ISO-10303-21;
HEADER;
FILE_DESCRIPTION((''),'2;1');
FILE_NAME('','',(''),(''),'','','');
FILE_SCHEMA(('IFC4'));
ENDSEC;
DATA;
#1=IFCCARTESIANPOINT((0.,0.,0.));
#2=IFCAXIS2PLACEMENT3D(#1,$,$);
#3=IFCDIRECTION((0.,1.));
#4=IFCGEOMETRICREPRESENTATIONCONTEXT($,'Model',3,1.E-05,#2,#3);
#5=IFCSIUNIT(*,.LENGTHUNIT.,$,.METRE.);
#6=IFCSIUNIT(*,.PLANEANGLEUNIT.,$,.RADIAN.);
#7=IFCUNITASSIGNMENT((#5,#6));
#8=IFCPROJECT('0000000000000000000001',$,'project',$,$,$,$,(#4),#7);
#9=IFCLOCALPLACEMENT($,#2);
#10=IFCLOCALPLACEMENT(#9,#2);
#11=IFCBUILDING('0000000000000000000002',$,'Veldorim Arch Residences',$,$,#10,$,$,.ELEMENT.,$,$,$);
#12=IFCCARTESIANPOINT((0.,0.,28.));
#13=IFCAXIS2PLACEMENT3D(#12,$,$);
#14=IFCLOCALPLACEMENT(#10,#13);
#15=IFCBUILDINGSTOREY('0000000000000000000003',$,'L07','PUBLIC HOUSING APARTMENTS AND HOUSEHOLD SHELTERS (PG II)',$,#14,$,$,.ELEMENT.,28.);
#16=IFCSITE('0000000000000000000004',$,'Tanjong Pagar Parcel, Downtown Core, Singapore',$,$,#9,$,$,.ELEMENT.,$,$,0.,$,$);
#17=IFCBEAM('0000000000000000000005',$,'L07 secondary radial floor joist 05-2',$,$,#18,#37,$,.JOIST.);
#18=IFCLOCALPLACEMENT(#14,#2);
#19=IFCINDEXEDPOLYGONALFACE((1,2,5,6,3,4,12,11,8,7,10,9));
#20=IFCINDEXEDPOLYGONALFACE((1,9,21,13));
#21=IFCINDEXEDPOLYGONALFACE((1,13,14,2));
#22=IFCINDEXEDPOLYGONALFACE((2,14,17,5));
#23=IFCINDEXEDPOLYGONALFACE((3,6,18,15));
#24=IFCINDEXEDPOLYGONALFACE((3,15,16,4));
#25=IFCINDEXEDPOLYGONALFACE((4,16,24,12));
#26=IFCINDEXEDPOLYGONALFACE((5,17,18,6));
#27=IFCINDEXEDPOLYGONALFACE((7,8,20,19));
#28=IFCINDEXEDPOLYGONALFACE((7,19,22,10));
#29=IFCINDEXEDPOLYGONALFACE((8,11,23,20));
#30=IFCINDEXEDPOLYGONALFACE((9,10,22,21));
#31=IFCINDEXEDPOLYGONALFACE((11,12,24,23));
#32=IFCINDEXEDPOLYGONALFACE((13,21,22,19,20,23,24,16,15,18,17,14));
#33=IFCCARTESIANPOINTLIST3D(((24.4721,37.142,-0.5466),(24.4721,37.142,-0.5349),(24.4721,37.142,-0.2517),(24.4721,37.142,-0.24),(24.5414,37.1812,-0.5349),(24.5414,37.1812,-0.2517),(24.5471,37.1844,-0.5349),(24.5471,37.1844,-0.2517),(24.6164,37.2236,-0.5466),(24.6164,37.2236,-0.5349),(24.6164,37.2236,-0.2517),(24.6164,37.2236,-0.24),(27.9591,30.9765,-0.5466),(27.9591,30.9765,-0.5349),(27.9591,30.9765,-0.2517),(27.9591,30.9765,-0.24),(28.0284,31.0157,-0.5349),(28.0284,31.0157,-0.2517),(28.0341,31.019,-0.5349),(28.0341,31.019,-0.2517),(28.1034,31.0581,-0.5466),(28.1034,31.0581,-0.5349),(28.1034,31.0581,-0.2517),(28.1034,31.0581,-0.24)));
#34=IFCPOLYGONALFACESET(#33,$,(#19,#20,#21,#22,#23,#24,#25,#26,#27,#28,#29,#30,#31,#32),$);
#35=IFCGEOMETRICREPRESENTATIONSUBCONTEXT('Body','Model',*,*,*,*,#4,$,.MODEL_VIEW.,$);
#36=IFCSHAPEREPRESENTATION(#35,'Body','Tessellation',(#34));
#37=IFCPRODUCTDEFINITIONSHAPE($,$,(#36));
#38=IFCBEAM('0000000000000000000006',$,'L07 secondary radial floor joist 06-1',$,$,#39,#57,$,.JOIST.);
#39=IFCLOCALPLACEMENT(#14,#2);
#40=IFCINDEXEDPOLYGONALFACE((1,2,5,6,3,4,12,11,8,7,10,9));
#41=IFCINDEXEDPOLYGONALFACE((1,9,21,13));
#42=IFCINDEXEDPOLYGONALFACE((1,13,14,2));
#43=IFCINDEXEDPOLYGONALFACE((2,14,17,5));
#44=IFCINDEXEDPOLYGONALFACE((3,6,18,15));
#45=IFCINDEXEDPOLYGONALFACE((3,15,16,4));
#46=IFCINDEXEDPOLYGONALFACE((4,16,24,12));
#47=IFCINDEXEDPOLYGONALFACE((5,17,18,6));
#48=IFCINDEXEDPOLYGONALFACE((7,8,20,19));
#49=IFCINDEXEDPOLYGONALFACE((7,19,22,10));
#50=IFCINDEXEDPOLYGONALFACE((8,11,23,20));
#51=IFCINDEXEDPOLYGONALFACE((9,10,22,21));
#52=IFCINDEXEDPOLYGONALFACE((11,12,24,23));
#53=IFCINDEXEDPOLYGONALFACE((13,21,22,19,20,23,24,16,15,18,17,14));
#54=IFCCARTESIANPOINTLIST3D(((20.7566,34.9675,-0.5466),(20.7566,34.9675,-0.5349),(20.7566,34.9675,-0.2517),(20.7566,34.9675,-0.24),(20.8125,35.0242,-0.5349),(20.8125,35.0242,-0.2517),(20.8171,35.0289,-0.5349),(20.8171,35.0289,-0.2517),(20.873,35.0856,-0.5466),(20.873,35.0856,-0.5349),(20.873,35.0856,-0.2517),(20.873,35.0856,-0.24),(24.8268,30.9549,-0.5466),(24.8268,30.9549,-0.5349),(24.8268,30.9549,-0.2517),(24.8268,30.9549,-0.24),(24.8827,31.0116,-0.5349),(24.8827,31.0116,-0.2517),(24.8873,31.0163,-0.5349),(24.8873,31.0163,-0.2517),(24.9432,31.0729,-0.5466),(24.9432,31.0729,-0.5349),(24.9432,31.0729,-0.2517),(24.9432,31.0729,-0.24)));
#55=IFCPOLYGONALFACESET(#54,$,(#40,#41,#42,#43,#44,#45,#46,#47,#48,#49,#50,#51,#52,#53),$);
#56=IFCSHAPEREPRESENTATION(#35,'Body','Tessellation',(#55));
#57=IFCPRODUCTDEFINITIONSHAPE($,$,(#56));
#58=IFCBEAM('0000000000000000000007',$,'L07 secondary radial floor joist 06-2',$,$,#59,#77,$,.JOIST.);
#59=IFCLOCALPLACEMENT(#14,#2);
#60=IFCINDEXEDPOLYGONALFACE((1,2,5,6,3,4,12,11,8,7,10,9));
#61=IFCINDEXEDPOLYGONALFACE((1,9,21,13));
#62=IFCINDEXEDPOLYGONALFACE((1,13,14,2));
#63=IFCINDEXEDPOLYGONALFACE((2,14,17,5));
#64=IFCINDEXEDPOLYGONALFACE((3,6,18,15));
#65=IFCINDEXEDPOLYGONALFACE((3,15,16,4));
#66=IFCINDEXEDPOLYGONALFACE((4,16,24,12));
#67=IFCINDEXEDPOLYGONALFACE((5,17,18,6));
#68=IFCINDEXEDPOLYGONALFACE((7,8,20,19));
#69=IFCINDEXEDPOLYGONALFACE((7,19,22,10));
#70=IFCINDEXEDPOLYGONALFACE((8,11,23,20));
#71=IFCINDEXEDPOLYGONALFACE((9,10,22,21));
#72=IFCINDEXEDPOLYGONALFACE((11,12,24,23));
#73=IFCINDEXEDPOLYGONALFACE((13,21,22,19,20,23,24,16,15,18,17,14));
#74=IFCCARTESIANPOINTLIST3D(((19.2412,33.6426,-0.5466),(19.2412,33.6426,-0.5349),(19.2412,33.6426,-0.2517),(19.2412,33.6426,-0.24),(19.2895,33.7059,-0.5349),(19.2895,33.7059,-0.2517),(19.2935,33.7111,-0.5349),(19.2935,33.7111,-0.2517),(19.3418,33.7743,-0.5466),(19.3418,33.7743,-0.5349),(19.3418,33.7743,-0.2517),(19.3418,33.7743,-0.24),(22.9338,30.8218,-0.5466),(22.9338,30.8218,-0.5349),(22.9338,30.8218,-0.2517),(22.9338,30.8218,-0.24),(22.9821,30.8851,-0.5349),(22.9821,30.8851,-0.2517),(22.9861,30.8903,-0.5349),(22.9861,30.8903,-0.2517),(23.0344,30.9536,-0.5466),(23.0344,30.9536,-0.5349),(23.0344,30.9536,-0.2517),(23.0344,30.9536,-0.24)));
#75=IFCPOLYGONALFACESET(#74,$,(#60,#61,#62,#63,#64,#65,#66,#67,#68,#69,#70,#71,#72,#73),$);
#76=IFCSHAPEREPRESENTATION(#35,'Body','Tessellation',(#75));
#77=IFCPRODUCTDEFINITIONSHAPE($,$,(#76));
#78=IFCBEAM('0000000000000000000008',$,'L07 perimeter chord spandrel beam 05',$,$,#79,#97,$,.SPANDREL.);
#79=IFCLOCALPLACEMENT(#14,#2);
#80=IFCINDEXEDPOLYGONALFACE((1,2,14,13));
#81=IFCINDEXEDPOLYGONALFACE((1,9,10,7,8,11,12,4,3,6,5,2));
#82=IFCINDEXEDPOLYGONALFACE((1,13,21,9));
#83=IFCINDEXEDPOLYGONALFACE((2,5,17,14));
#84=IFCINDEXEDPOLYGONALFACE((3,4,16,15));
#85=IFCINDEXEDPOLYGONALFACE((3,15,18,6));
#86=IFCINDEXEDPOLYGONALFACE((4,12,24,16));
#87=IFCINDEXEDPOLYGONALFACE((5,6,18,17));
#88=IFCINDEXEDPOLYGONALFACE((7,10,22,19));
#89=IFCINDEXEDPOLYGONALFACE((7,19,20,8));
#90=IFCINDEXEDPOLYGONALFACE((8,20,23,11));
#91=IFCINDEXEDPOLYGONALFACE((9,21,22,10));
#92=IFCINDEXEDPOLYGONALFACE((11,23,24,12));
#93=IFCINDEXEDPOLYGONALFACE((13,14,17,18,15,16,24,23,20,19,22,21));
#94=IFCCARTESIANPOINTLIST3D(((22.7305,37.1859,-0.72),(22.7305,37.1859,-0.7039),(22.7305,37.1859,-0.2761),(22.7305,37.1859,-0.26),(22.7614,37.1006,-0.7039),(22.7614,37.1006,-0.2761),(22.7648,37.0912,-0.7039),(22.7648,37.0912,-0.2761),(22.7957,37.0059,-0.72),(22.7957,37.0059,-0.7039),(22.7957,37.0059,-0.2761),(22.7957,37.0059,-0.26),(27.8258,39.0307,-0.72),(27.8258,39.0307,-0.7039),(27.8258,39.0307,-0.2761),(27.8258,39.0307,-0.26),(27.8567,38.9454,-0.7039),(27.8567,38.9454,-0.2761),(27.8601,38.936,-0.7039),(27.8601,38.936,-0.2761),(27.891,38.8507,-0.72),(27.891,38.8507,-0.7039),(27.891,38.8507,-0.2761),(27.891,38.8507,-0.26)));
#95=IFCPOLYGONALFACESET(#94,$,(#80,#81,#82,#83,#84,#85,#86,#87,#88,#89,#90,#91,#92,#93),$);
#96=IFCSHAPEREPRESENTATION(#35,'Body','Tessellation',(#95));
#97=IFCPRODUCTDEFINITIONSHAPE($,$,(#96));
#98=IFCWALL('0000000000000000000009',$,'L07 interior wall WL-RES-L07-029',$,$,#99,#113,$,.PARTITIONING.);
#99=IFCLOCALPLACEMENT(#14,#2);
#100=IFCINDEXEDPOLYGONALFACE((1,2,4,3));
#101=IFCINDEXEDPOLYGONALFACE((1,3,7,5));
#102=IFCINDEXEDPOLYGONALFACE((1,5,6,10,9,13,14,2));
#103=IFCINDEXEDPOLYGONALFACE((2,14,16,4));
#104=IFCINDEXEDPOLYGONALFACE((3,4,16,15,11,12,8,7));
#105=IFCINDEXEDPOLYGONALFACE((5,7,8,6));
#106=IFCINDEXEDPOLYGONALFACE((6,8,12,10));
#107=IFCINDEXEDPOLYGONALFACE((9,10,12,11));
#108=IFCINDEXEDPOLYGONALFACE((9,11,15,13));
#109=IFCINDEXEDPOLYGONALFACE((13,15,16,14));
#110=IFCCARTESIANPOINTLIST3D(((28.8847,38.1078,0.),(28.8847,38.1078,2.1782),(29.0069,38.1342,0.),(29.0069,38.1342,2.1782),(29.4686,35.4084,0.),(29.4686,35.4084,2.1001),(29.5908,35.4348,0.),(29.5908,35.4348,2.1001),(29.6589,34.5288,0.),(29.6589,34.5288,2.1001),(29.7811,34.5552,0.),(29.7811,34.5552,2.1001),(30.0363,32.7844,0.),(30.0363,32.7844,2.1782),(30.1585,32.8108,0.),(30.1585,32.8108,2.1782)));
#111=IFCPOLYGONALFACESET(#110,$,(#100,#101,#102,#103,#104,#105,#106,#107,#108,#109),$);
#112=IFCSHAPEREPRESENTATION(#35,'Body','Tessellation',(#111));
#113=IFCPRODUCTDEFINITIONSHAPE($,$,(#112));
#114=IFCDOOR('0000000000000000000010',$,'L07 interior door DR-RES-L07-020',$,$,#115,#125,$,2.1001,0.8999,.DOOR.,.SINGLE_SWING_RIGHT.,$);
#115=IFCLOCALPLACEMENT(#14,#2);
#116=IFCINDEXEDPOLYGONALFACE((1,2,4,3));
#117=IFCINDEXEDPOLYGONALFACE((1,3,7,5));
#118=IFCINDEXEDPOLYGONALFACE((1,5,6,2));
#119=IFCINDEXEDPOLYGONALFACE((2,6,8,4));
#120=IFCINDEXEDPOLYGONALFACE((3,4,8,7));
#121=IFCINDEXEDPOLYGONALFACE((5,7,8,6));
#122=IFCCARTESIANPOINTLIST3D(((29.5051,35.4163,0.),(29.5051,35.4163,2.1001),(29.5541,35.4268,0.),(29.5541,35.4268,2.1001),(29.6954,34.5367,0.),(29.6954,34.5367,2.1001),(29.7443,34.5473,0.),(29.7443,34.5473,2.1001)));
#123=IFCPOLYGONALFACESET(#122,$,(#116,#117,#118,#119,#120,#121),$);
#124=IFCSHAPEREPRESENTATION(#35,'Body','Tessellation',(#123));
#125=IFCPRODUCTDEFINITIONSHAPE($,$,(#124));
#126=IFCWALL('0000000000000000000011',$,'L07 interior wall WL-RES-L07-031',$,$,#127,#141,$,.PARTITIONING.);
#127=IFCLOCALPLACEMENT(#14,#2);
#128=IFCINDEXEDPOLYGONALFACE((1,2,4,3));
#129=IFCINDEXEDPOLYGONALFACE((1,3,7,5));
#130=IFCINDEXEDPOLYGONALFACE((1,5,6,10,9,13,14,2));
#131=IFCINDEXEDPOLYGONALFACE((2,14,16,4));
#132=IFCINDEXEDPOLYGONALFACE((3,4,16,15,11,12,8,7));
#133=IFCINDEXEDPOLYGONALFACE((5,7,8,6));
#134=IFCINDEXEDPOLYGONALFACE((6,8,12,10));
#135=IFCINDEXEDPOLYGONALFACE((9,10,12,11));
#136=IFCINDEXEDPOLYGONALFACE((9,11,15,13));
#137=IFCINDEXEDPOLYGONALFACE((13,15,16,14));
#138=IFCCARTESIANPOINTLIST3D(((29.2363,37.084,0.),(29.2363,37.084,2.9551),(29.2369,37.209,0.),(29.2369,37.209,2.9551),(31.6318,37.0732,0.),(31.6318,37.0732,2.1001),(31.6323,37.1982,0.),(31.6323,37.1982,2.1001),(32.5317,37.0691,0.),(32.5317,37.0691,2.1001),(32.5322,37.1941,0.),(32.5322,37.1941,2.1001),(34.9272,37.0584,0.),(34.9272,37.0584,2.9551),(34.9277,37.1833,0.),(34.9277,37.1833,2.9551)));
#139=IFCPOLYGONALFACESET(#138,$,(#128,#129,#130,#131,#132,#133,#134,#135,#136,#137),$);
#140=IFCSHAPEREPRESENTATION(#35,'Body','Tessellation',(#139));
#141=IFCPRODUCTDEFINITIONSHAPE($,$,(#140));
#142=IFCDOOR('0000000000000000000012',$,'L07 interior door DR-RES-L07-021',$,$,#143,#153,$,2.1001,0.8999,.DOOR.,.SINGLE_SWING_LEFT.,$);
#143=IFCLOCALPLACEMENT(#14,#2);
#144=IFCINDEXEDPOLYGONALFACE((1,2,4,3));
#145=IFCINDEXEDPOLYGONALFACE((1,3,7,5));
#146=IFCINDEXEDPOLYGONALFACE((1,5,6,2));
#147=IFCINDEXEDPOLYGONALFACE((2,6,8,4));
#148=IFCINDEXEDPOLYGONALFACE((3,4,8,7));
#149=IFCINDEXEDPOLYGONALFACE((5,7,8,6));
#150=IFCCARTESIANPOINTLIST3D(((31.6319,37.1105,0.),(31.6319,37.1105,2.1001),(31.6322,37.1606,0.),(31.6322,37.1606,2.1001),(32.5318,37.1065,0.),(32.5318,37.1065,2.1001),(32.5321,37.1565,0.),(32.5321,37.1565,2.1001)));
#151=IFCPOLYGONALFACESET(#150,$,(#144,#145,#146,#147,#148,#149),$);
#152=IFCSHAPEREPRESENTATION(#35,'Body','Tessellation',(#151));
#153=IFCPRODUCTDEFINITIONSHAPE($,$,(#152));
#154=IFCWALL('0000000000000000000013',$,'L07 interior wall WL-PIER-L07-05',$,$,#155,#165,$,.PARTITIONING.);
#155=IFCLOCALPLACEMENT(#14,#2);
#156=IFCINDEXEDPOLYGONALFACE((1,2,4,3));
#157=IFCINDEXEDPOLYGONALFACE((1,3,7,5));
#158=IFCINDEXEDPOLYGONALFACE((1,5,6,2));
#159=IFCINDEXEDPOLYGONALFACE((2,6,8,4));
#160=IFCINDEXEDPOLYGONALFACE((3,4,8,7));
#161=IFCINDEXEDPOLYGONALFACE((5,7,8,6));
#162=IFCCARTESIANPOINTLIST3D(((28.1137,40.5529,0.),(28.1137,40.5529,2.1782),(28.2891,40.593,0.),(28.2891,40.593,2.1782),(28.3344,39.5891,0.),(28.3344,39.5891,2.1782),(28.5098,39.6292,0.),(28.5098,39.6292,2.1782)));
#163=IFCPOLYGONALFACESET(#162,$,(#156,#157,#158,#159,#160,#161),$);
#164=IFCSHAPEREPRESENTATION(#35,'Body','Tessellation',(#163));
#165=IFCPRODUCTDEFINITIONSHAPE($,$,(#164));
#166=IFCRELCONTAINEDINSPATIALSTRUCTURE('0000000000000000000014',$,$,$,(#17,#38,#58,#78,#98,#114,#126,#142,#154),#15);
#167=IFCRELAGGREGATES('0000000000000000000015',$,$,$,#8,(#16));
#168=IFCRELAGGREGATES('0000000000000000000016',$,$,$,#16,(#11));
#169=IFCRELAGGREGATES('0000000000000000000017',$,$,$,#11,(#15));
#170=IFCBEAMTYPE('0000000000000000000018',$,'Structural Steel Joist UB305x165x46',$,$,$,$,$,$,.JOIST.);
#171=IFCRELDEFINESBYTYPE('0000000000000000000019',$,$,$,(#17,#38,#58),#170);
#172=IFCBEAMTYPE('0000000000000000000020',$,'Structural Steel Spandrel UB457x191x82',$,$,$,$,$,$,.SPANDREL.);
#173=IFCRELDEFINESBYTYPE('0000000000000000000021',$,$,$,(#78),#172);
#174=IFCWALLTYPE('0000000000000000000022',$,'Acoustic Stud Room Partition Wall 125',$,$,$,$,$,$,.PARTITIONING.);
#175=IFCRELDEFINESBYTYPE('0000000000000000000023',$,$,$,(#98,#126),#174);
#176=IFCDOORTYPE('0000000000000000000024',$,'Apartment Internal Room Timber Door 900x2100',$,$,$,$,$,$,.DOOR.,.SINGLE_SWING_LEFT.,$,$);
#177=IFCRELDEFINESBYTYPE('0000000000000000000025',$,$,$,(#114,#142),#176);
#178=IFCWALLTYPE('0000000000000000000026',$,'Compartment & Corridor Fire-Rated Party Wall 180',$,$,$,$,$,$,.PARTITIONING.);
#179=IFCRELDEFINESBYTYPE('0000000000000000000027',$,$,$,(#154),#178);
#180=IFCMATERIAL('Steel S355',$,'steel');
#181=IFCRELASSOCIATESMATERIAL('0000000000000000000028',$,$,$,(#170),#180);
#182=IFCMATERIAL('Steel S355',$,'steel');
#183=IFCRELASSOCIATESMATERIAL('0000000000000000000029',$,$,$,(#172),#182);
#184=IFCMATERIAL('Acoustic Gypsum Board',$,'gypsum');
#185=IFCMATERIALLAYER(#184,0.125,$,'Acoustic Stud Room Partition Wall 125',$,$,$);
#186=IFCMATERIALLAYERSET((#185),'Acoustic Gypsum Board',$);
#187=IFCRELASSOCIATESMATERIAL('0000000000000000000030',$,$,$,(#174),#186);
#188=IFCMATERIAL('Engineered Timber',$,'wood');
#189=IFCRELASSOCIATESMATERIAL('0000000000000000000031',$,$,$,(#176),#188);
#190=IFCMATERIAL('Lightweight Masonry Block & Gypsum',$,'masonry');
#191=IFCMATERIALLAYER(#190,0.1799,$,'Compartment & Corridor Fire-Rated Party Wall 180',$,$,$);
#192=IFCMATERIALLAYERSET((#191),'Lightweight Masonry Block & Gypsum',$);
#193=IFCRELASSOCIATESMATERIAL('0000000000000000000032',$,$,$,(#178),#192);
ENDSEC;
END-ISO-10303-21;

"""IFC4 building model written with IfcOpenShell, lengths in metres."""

from ifc_helpers import new_model, si_unit, direction, frame, frame_2d, origin, origin_2d, place, context, subcontext, project, spatial, rectangle, i_section, extrude, material, layer, layer_set, material_profile, profile_set, type_object, element, fill, save


model = new_model("IFC4")

# Units and contexts
model_context = context("Model", 3, precision=1e-05, world=origin(), true_north=direction((0.0, 1.0)))
body_context = subcontext(model_context, "Body", "Model", "MODEL_VIEW")
ifc_project = project(units=[si_unit("LENGTHUNIT", "METRE"), si_unit("PLANEANGLEUNIT", "RADIAN")], contexts=[model_context])

# Site, building, storey
site_placement = place(None, origin())
site = spatial("IfcSite", under=ifc_project, at=site_placement, Name="Tanjong Pagar Parcel, Downtown Core, Singapore", CompositionType="ELEMENT", RefElevation=0.0)
building_placement = place(site_placement, origin())
building = spatial("IfcBuilding", under=site, at=building_placement, Name="Veldorim Arch Residences", CompositionType="ELEMENT")
storey_placement = place(building_placement, frame((0.0, 0.0, 28.0)))
storey = spatial("IfcBuildingStorey", under=building, at=storey_placement, Name="L07", Description="PUBLIC HOUSING APARTMENTS AND HOUSEHOLD SHELTERS (PG II)", CompositionType="ELEMENT", Elevation=28.0)

# Beams
ifc_material_1 = material(Name="Steel S355", Category="steel")
ifc_material_profile_1 = material_profile(ifc_material_1, i_section(OverallWidth=0.1658, OverallDepth=0.3066, WebThickness=0.0066, FlangeThickness=0.0117, at=origin_2d()), Name="UB305x165x46")
ifc_profile_set_1 = profile_set([ifc_material_profile_1], Name="Steel S355")
beam_type_1 = type_object("IfcBeamType", Name="Structural Steel Joist UB305x165x46", PredefinedType="JOIST", material=ifc_profile_set_1)
beam_1_placement = place(storey_placement, frame((28.0312, 31.0173, -0.3933), z_axis=(-0.492292, 0.87043, 0.0), x_axis=(-0.87043, -0.492292, 0.0)))
element("IfcBeam", 1, at=beam_1_placement, inside=storey, type_object=beam_type_1, Name="L07 secondary radial floor joist 05-2", PredefinedType="JOIST", context=body_context, shape_type="SweptSolid", body=[
    extrude(i_section(OverallWidth=0.1658, OverallDepth=0.3066, WebThickness=0.0066, FlangeThickness=0.0117, at=origin_2d()), origin(), (0.0, 0.0, 1.0), 7.0833),
])
beam_2_placement = place(storey_placement, frame((24.885, 31.0139, -0.3933), z_axis=(-0.712129, 0.702049, 0.0), x_axis=(-0.702049, -0.712129, 0.0)))
element("IfcBeam", 2, at=beam_2_placement, inside=storey, type_object=beam_type_1, Name="L07 secondary radial floor joist 06-1", PredefinedType="JOIST", context=body_context, shape_type="SweptSolid", body=[
    extrude(i_section(OverallWidth=0.1658, OverallDepth=0.3066, WebThickness=0.0066, FlangeThickness=0.0117, at=origin_2d()), origin(), (0.0, 0.0, 1.0), 5.7156),
])
beam_3_placement = place(storey_placement, frame((22.9841, 30.8877, -0.3933), z_axis=(-0.794666, 0.607046, 0.0), x_axis=(-0.607046, -0.794666, 0.0)))
element("IfcBeam", 3, at=beam_3_placement, inside=storey, type_object=beam_type_1, Name="L07 secondary radial floor joist 06-2", PredefinedType="JOIST", context=body_context, shape_type="SweptSolid", body=[
    extrude(i_section(OverallWidth=0.1658, OverallDepth=0.3066, WebThickness=0.0066, FlangeThickness=0.0117, at=origin_2d()), origin(), (0.0, 0.0, 1.0), 4.6467),
])
ifc_material_2 = material(Name="Steel S355", Category="steel")
ifc_material_profile_2 = material_profile(ifc_material_2, i_section(OverallWidth=0.1914, OverallDepth=0.46, WebThickness=0.01, FlangeThickness=0.0161, at=origin_2d()), Name="UB457x191x82")
ifc_profile_set_2 = profile_set([ifc_material_profile_2], Name="Steel S355")
beam_type_2 = type_object("IfcBeamType", Name="Structural Steel Spandrel UB457x191x82", PredefinedType="SPANDREL", material=ifc_profile_set_2)
beam_4_placement = place(storey_placement, frame((27.8584, 38.9407, -0.49), z_axis=(-0.940271, -0.340426, 0.0), x_axis=(0.340426, -0.940271, 0.0)))
element("IfcBeam", 4, at=beam_4_placement, inside=storey, type_object=beam_type_2, Name="L07 perimeter chord spandrel beam 05", PredefinedType="SPANDREL", context=body_context, shape_type="SweptSolid", body=[
    extrude(i_section(OverallWidth=0.1914, OverallDepth=0.46, WebThickness=0.01, FlangeThickness=0.0161, at=origin_2d()), origin(), (0.0, 0.0, 1.0), 5.4189),
])

# Walls, openings, doors
ifc_material_3 = material(Name="Acoustic Gypsum Board", Category="gypsum")
ifc_layer_1 = layer(ifc_material_3, 0.125, Name="Acoustic Stud Room Partition Wall 125")
ifc_layer_set_1 = layer_set([ifc_layer_1], Name="Acoustic Gypsum Board")
wall_type_1 = type_object("IfcWallType", Name="Acoustic Stud Room Partition Wall 125", PredefinedType="PARTITIONING", material=ifc_layer_set_1)
wall_1_placement = place(storey_placement, frame((28.9458, 38.1208, 0.0), z_axis=(0.0, 0.0, 1.0), x_axis=(0.211436, -0.977392, 0.0)))
wall_1 = element("IfcWall", 5, at=wall_1_placement, inside=storey, type_object=wall_type_1, Name="L07 interior wall WL-RES-L07-029", PredefinedType="PARTITIONING", context=body_context, shape_type="SweptSolid", body=[
    extrude(rectangle(XDim=5.4465, YDim=0.125, at=frame_2d((2.7231, 0.0))), origin(), (0.0, 0.0, 1.0), 2.1782),
])
opening_1_placement = place(wall_1_placement, frame((2.7617, 0.0, 0.0)))
opening_1 = element("IfcOpeningElement", 6, at=opening_1_placement, cuts=wall_1, PredefinedType="OPENING", context=body_context, shape_type="SweptSolid", body=[
    extrude(rectangle(XDim=0.8999, YDim=2.1001, at=frame_2d((0.45, 1.05))), frame((0.0, 0.0725, 0.0), z_axis=(0.0, -1.0, 0.0), x_axis=(1.0, 0.0, 0.0)), (0.0, 0.0, 1.0), 0.145),
])
ifc_material_4 = material(Name="Engineered Timber", Category="wood")
door_type_1 = type_object("IfcDoorType", Name="Apartment Internal Room Timber Door 900x2100", OperationType="SINGLE_SWING_LEFT", PredefinedType="DOOR", material=ifc_material_4)
door_1_placement = place(opening_1_placement, origin())
door_1 = element("IfcDoor", 7, at=door_1_placement, inside=storey, type_object=door_type_1, Name="L07 interior door DR-RES-L07-020", OperationType="SINGLE_SWING_RIGHT", OverallHeight=2.1001, OverallWidth=0.8999, PredefinedType="DOOR", context=body_context, shape_type="SweptSolid", body=[
    extrude(rectangle(XDim=0.8999, YDim=2.1001, at=frame_2d((0.45, 1.05))), frame((0.0, 0.0249, 0.0), z_axis=(0.0, -1.0, 0.0), x_axis=(1.0, 0.0, 0.0)), (0.0, 0.0, 1.0), 0.05),
])
fill(opening_1, door_1)
wall_2_placement = place(storey_placement, frame((29.2366, 37.1465, 0.0), z_axis=(0.0, 0.0, 1.0), x_axis=(0.99999, -0.004504, 0.0)))
wall_2 = element("IfcWall", 8, at=wall_2_placement, inside=storey, type_object=wall_type_1, Name="L07 interior wall WL-RES-L07-031", PredefinedType="PARTITIONING", context=body_context, shape_type="SweptSolid", body=[
    extrude(rectangle(XDim=5.6909, YDim=0.125, at=frame_2d((2.8455, 0.0))), origin(), (0.0, 0.0, 1.0), 2.9551),
])
opening_2_placement = place(wall_2_placement, frame((2.3955, 0.0, 0.0)))
opening_2 = element("IfcOpeningElement", 9, at=opening_2_placement, cuts=wall_2, PredefinedType="OPENING", context=body_context, shape_type="SweptSolid", body=[
    extrude(rectangle(XDim=0.8999, YDim=2.1001, at=frame_2d((0.45, 1.05))), frame((0.0, 0.0725, 0.0), z_axis=(0.0, -1.0, 0.0), x_axis=(1.0, 0.0, 0.0)), (0.0, 0.0, 1.0), 0.145),
])
door_2_placement = place(opening_2_placement, origin())
door_2 = element("IfcDoor", 10, at=door_2_placement, inside=storey, type_object=door_type_1, Name="L07 interior door DR-RES-L07-021", OperationType="SINGLE_SWING_LEFT", OverallHeight=2.1001, OverallWidth=0.8999, PredefinedType="DOOR", context=body_context, shape_type="SweptSolid", body=[
    extrude(rectangle(XDim=0.8999, YDim=2.1001, at=frame_2d((0.45, 1.05))), frame((0.0, 0.0249, 0.0), z_axis=(0.0, -1.0, 0.0), x_axis=(1.0, 0.0, 0.0)), (0.0, 0.0, 1.0), 0.05),
])
fill(opening_2, door_2)

# Wall
ifc_material_5 = material(Name="Lightweight Masonry Block & Gypsum", Category="masonry")
ifc_layer_2 = layer(ifc_material_5, 0.1799, Name="Compartment & Corridor Fire-Rated Party Wall 180")
ifc_layer_set_2 = layer_set([ifc_layer_2], Name="Lightweight Masonry Block & Gypsum")
wall_type_2 = type_object("IfcWallType", Name="Compartment & Corridor Fire-Rated Party Wall 180", PredefinedType="PARTITIONING", material=ifc_layer_set_2)
wall_3_placement = place(storey_placement, frame((28.4221, 39.6091, 0.0), z_axis=(0.0, 0.0, 1.0), x_axis=(-0.2232, 0.974773, 0.0)))
element("IfcWall", 11, at=wall_3_placement, inside=storey, type_object=wall_type_2, Name="L07 interior wall WL-PIER-L07-05", PredefinedType="PARTITIONING", context=body_context, shape_type="SweptSolid", body=[
    extrude(rectangle(XDim=0.9888, YDim=0.1799, at=frame_2d((0.4944, 0.0))), origin(), (0.0, 0.0, 1.0), 2.1782),
])

save(model, "model.ifc")
